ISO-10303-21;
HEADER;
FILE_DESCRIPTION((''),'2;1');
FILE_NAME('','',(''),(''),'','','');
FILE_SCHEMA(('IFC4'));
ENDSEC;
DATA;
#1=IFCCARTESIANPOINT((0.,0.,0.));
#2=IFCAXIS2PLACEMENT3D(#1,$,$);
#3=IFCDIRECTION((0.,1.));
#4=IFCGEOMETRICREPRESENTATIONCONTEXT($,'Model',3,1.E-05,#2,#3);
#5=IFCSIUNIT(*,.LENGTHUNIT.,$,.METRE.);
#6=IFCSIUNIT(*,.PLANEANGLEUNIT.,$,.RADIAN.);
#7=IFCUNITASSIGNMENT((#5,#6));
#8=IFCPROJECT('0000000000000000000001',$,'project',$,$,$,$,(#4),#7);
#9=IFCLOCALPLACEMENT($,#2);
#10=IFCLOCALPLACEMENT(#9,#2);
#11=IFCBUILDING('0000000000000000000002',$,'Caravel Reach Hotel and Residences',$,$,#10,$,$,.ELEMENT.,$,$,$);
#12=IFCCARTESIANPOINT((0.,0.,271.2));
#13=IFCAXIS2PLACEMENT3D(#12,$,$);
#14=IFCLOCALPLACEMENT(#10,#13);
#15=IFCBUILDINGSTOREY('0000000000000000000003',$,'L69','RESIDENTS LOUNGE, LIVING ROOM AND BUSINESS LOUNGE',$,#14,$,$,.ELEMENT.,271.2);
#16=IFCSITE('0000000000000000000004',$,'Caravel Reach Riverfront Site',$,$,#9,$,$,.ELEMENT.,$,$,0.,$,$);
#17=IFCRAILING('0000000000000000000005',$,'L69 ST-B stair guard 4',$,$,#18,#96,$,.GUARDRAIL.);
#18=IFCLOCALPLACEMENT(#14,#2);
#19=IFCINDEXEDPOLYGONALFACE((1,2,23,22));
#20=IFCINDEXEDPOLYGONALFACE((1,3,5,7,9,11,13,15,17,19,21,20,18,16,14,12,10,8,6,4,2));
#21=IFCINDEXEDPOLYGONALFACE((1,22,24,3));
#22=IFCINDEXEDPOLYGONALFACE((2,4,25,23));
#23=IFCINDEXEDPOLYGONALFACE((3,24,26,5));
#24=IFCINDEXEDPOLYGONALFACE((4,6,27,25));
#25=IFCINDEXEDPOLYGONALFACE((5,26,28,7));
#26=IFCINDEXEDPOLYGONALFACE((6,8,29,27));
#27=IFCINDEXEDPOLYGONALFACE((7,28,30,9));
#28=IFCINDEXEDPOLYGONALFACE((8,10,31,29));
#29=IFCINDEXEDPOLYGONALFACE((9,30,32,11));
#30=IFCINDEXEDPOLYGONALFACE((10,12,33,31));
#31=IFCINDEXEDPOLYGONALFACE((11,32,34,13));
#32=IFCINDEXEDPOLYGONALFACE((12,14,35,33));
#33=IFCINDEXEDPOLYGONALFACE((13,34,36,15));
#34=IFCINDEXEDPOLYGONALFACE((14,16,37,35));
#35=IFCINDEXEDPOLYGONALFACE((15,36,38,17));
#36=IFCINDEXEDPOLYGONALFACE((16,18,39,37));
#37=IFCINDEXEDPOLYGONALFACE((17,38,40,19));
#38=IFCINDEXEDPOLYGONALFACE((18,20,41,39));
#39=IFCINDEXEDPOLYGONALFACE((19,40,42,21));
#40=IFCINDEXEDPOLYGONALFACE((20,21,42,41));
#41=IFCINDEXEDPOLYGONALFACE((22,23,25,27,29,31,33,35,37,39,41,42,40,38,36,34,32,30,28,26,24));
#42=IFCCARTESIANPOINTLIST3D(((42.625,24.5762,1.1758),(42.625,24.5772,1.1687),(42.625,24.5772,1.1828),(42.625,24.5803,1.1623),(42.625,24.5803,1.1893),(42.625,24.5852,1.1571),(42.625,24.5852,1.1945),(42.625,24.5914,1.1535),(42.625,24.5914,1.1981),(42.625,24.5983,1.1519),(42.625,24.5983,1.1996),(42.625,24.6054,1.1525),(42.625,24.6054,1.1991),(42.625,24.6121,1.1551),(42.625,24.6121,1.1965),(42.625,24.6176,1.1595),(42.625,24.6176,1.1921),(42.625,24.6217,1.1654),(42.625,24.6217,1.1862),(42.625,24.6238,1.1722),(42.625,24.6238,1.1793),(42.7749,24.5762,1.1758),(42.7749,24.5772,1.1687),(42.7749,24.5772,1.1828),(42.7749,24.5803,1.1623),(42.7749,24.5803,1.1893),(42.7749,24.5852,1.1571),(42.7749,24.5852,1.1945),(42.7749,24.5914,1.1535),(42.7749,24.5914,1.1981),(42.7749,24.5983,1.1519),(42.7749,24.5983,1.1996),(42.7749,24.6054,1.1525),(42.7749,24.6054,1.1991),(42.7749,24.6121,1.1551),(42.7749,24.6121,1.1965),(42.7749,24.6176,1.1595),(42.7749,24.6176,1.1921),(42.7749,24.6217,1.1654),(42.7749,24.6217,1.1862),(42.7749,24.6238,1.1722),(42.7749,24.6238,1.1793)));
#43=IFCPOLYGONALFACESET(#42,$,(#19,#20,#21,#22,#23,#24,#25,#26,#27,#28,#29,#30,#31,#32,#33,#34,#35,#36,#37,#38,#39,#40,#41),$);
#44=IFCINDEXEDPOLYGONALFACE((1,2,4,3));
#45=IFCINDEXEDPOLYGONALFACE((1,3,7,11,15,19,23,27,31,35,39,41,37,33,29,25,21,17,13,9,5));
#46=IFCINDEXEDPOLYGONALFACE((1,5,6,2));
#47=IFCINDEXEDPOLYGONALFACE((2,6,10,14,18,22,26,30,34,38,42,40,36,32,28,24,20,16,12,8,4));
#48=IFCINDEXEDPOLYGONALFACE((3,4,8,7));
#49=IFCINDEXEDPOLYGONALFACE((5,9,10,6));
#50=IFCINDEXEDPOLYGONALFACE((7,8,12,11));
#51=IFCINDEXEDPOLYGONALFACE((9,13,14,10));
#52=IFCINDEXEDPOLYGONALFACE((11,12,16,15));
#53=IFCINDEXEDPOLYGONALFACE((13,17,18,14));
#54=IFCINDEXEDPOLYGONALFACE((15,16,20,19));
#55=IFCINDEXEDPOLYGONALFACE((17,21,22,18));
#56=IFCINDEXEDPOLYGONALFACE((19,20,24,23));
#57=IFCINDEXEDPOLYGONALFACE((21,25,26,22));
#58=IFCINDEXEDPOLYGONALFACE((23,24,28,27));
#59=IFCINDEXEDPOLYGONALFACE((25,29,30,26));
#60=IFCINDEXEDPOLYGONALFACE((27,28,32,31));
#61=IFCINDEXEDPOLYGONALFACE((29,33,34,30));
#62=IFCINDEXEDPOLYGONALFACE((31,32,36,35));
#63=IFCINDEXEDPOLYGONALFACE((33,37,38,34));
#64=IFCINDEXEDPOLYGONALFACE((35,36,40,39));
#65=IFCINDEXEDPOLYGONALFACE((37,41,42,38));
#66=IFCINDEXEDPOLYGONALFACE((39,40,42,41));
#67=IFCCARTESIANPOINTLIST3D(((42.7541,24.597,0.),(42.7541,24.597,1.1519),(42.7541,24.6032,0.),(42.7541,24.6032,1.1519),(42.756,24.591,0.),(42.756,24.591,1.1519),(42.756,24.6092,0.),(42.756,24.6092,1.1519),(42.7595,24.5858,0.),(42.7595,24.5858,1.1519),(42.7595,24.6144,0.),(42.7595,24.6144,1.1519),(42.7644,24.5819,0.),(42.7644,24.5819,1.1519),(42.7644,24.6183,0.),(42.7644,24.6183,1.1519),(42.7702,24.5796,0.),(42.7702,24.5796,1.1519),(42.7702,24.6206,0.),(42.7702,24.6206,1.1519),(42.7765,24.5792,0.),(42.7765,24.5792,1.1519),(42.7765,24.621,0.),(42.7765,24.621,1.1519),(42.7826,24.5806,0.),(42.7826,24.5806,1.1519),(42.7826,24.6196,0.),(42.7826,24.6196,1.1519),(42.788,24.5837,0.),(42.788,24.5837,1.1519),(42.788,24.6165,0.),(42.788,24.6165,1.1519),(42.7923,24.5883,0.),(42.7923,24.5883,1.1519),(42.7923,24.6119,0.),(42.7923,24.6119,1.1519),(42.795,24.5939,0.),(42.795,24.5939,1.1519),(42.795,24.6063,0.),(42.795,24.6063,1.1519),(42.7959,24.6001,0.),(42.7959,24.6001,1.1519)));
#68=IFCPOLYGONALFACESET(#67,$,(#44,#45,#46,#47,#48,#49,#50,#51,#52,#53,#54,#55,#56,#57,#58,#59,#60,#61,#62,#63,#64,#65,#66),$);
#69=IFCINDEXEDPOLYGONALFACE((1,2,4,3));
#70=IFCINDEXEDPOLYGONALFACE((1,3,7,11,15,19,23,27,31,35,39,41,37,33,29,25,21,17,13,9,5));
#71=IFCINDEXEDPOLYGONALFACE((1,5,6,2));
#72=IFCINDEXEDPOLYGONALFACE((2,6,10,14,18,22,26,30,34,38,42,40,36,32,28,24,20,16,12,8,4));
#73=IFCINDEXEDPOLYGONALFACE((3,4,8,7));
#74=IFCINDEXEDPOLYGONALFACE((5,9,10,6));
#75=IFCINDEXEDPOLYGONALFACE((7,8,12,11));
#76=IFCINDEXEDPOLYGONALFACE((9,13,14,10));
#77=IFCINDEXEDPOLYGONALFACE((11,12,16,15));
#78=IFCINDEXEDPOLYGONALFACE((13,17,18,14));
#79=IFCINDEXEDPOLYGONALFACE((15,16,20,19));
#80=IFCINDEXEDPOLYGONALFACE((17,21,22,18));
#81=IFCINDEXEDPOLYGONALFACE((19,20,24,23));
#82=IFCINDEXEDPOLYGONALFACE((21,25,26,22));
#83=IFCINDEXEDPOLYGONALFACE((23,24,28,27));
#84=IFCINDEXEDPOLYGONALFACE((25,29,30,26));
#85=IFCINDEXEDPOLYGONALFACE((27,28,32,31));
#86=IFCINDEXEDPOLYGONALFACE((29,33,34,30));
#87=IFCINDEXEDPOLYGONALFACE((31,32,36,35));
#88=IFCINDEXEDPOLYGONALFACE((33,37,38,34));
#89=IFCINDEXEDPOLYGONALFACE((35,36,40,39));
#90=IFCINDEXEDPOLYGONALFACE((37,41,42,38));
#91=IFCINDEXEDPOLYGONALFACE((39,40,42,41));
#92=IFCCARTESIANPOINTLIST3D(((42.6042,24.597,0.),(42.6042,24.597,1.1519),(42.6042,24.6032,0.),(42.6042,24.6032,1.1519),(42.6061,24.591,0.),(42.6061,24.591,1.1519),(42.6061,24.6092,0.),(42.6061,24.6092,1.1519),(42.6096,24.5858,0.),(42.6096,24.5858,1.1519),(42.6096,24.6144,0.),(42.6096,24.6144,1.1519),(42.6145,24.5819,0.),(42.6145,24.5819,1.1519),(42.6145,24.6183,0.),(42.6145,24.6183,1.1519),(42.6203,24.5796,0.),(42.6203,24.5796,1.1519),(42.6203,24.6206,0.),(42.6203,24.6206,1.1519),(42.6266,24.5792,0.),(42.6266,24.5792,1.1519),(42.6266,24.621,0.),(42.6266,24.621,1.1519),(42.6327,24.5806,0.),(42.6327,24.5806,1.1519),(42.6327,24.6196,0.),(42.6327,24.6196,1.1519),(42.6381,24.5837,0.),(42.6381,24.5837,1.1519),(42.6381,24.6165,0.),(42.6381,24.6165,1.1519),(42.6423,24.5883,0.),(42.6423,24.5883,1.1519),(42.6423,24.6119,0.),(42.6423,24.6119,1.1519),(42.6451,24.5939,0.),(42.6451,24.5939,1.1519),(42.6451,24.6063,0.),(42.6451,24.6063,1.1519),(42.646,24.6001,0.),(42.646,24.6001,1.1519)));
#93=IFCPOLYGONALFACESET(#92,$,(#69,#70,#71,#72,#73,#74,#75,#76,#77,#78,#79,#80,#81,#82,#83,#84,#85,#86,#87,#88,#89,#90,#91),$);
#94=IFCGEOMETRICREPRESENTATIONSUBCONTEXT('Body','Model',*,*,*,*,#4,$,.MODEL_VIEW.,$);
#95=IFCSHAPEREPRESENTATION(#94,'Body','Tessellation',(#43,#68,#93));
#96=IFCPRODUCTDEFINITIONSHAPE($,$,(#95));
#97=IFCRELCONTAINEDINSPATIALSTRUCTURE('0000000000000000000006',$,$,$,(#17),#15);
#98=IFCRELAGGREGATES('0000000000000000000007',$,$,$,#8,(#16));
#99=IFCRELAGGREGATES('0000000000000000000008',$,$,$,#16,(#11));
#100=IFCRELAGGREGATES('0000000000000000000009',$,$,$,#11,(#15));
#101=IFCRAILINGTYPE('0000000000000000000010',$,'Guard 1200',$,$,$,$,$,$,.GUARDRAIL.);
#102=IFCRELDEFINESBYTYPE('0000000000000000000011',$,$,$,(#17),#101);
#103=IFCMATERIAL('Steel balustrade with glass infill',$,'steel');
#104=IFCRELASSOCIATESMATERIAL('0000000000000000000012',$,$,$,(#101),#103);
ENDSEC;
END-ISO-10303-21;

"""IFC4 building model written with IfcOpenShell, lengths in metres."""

from ifc_helpers import new_model, si_unit, direction, frame, origin, origin_2d, place, context, subcontext, project, spatial, circle, extrude, material, type_object, element, save


model = new_model("IFC4")

# Units and contexts
model_context = context("Model", 3, precision=1e-05, world=origin(), true_north=direction((0.0, 1.0)))
body_context = subcontext(model_context, "Body", "Model", "MODEL_VIEW")
ifc_project = project(units=[si_unit("LENGTHUNIT", "METRE"), si_unit("PLANEANGLEUNIT", "RADIAN")], contexts=[model_context])

# Site, building, storey
site_placement = place(None, origin())
site = spatial("IfcSite", under=ifc_project, at=site_placement, Name="Caravel Reach Riverfront Site", CompositionType="ELEMENT", RefElevation=0.0)
building_placement = place(site_placement, origin())
building = spatial("IfcBuilding", under=site, at=building_placement, Name="Caravel Reach Hotel and Residences", CompositionType="ELEMENT")
storey_placement = place(building_placement, frame((0.0, 0.0, 271.2)))
storey = spatial("IfcBuildingStorey", under=building, at=storey_placement, Name="L69", Description="RESIDENTS LOUNGE, LIVING ROOM AND BUSINESS LOUNGE", CompositionType="ELEMENT", Elevation=271.2)

# Railing
ifc_material_1 = material(Name="Steel balustrade with glass infill", Category="steel")
railing_type_1 = type_object("IfcRailingType", Name="Guard 1200", PredefinedType="GUARDRAIL", material=ifc_material_1)
railing_1_placement = place(storey_placement, frame((42.7749, 24.6001, 0.0)))
element("IfcRailing", 1, at=railing_1_placement, inside=storey, type_object=railing_type_1, Name="L69 ST-B stair guard 4", PredefinedType="GUARDRAIL", context=body_context, shape_type="SweptSolid", body=[
    extrude(circle(Radius=0.0239, at=origin_2d()), frame((0.0, 0.0, 1.1758), z_axis=(-1.0, 0.0, 0.0), x_axis=(0.0, -1.0, 0.0)), (0.0, 0.0, 1.0), 0.1499),
    extrude(circle(Radius=0.021, at=origin_2d()), origin(), (0.0, 0.0, 1.0), 1.1519),
    extrude(circle(Radius=0.021, at=origin_2d()), frame((-0.1499, 0.0, 0.0)), (0.0, 0.0, 1.0), 1.1519),
])

save(model, "model.ifc")
